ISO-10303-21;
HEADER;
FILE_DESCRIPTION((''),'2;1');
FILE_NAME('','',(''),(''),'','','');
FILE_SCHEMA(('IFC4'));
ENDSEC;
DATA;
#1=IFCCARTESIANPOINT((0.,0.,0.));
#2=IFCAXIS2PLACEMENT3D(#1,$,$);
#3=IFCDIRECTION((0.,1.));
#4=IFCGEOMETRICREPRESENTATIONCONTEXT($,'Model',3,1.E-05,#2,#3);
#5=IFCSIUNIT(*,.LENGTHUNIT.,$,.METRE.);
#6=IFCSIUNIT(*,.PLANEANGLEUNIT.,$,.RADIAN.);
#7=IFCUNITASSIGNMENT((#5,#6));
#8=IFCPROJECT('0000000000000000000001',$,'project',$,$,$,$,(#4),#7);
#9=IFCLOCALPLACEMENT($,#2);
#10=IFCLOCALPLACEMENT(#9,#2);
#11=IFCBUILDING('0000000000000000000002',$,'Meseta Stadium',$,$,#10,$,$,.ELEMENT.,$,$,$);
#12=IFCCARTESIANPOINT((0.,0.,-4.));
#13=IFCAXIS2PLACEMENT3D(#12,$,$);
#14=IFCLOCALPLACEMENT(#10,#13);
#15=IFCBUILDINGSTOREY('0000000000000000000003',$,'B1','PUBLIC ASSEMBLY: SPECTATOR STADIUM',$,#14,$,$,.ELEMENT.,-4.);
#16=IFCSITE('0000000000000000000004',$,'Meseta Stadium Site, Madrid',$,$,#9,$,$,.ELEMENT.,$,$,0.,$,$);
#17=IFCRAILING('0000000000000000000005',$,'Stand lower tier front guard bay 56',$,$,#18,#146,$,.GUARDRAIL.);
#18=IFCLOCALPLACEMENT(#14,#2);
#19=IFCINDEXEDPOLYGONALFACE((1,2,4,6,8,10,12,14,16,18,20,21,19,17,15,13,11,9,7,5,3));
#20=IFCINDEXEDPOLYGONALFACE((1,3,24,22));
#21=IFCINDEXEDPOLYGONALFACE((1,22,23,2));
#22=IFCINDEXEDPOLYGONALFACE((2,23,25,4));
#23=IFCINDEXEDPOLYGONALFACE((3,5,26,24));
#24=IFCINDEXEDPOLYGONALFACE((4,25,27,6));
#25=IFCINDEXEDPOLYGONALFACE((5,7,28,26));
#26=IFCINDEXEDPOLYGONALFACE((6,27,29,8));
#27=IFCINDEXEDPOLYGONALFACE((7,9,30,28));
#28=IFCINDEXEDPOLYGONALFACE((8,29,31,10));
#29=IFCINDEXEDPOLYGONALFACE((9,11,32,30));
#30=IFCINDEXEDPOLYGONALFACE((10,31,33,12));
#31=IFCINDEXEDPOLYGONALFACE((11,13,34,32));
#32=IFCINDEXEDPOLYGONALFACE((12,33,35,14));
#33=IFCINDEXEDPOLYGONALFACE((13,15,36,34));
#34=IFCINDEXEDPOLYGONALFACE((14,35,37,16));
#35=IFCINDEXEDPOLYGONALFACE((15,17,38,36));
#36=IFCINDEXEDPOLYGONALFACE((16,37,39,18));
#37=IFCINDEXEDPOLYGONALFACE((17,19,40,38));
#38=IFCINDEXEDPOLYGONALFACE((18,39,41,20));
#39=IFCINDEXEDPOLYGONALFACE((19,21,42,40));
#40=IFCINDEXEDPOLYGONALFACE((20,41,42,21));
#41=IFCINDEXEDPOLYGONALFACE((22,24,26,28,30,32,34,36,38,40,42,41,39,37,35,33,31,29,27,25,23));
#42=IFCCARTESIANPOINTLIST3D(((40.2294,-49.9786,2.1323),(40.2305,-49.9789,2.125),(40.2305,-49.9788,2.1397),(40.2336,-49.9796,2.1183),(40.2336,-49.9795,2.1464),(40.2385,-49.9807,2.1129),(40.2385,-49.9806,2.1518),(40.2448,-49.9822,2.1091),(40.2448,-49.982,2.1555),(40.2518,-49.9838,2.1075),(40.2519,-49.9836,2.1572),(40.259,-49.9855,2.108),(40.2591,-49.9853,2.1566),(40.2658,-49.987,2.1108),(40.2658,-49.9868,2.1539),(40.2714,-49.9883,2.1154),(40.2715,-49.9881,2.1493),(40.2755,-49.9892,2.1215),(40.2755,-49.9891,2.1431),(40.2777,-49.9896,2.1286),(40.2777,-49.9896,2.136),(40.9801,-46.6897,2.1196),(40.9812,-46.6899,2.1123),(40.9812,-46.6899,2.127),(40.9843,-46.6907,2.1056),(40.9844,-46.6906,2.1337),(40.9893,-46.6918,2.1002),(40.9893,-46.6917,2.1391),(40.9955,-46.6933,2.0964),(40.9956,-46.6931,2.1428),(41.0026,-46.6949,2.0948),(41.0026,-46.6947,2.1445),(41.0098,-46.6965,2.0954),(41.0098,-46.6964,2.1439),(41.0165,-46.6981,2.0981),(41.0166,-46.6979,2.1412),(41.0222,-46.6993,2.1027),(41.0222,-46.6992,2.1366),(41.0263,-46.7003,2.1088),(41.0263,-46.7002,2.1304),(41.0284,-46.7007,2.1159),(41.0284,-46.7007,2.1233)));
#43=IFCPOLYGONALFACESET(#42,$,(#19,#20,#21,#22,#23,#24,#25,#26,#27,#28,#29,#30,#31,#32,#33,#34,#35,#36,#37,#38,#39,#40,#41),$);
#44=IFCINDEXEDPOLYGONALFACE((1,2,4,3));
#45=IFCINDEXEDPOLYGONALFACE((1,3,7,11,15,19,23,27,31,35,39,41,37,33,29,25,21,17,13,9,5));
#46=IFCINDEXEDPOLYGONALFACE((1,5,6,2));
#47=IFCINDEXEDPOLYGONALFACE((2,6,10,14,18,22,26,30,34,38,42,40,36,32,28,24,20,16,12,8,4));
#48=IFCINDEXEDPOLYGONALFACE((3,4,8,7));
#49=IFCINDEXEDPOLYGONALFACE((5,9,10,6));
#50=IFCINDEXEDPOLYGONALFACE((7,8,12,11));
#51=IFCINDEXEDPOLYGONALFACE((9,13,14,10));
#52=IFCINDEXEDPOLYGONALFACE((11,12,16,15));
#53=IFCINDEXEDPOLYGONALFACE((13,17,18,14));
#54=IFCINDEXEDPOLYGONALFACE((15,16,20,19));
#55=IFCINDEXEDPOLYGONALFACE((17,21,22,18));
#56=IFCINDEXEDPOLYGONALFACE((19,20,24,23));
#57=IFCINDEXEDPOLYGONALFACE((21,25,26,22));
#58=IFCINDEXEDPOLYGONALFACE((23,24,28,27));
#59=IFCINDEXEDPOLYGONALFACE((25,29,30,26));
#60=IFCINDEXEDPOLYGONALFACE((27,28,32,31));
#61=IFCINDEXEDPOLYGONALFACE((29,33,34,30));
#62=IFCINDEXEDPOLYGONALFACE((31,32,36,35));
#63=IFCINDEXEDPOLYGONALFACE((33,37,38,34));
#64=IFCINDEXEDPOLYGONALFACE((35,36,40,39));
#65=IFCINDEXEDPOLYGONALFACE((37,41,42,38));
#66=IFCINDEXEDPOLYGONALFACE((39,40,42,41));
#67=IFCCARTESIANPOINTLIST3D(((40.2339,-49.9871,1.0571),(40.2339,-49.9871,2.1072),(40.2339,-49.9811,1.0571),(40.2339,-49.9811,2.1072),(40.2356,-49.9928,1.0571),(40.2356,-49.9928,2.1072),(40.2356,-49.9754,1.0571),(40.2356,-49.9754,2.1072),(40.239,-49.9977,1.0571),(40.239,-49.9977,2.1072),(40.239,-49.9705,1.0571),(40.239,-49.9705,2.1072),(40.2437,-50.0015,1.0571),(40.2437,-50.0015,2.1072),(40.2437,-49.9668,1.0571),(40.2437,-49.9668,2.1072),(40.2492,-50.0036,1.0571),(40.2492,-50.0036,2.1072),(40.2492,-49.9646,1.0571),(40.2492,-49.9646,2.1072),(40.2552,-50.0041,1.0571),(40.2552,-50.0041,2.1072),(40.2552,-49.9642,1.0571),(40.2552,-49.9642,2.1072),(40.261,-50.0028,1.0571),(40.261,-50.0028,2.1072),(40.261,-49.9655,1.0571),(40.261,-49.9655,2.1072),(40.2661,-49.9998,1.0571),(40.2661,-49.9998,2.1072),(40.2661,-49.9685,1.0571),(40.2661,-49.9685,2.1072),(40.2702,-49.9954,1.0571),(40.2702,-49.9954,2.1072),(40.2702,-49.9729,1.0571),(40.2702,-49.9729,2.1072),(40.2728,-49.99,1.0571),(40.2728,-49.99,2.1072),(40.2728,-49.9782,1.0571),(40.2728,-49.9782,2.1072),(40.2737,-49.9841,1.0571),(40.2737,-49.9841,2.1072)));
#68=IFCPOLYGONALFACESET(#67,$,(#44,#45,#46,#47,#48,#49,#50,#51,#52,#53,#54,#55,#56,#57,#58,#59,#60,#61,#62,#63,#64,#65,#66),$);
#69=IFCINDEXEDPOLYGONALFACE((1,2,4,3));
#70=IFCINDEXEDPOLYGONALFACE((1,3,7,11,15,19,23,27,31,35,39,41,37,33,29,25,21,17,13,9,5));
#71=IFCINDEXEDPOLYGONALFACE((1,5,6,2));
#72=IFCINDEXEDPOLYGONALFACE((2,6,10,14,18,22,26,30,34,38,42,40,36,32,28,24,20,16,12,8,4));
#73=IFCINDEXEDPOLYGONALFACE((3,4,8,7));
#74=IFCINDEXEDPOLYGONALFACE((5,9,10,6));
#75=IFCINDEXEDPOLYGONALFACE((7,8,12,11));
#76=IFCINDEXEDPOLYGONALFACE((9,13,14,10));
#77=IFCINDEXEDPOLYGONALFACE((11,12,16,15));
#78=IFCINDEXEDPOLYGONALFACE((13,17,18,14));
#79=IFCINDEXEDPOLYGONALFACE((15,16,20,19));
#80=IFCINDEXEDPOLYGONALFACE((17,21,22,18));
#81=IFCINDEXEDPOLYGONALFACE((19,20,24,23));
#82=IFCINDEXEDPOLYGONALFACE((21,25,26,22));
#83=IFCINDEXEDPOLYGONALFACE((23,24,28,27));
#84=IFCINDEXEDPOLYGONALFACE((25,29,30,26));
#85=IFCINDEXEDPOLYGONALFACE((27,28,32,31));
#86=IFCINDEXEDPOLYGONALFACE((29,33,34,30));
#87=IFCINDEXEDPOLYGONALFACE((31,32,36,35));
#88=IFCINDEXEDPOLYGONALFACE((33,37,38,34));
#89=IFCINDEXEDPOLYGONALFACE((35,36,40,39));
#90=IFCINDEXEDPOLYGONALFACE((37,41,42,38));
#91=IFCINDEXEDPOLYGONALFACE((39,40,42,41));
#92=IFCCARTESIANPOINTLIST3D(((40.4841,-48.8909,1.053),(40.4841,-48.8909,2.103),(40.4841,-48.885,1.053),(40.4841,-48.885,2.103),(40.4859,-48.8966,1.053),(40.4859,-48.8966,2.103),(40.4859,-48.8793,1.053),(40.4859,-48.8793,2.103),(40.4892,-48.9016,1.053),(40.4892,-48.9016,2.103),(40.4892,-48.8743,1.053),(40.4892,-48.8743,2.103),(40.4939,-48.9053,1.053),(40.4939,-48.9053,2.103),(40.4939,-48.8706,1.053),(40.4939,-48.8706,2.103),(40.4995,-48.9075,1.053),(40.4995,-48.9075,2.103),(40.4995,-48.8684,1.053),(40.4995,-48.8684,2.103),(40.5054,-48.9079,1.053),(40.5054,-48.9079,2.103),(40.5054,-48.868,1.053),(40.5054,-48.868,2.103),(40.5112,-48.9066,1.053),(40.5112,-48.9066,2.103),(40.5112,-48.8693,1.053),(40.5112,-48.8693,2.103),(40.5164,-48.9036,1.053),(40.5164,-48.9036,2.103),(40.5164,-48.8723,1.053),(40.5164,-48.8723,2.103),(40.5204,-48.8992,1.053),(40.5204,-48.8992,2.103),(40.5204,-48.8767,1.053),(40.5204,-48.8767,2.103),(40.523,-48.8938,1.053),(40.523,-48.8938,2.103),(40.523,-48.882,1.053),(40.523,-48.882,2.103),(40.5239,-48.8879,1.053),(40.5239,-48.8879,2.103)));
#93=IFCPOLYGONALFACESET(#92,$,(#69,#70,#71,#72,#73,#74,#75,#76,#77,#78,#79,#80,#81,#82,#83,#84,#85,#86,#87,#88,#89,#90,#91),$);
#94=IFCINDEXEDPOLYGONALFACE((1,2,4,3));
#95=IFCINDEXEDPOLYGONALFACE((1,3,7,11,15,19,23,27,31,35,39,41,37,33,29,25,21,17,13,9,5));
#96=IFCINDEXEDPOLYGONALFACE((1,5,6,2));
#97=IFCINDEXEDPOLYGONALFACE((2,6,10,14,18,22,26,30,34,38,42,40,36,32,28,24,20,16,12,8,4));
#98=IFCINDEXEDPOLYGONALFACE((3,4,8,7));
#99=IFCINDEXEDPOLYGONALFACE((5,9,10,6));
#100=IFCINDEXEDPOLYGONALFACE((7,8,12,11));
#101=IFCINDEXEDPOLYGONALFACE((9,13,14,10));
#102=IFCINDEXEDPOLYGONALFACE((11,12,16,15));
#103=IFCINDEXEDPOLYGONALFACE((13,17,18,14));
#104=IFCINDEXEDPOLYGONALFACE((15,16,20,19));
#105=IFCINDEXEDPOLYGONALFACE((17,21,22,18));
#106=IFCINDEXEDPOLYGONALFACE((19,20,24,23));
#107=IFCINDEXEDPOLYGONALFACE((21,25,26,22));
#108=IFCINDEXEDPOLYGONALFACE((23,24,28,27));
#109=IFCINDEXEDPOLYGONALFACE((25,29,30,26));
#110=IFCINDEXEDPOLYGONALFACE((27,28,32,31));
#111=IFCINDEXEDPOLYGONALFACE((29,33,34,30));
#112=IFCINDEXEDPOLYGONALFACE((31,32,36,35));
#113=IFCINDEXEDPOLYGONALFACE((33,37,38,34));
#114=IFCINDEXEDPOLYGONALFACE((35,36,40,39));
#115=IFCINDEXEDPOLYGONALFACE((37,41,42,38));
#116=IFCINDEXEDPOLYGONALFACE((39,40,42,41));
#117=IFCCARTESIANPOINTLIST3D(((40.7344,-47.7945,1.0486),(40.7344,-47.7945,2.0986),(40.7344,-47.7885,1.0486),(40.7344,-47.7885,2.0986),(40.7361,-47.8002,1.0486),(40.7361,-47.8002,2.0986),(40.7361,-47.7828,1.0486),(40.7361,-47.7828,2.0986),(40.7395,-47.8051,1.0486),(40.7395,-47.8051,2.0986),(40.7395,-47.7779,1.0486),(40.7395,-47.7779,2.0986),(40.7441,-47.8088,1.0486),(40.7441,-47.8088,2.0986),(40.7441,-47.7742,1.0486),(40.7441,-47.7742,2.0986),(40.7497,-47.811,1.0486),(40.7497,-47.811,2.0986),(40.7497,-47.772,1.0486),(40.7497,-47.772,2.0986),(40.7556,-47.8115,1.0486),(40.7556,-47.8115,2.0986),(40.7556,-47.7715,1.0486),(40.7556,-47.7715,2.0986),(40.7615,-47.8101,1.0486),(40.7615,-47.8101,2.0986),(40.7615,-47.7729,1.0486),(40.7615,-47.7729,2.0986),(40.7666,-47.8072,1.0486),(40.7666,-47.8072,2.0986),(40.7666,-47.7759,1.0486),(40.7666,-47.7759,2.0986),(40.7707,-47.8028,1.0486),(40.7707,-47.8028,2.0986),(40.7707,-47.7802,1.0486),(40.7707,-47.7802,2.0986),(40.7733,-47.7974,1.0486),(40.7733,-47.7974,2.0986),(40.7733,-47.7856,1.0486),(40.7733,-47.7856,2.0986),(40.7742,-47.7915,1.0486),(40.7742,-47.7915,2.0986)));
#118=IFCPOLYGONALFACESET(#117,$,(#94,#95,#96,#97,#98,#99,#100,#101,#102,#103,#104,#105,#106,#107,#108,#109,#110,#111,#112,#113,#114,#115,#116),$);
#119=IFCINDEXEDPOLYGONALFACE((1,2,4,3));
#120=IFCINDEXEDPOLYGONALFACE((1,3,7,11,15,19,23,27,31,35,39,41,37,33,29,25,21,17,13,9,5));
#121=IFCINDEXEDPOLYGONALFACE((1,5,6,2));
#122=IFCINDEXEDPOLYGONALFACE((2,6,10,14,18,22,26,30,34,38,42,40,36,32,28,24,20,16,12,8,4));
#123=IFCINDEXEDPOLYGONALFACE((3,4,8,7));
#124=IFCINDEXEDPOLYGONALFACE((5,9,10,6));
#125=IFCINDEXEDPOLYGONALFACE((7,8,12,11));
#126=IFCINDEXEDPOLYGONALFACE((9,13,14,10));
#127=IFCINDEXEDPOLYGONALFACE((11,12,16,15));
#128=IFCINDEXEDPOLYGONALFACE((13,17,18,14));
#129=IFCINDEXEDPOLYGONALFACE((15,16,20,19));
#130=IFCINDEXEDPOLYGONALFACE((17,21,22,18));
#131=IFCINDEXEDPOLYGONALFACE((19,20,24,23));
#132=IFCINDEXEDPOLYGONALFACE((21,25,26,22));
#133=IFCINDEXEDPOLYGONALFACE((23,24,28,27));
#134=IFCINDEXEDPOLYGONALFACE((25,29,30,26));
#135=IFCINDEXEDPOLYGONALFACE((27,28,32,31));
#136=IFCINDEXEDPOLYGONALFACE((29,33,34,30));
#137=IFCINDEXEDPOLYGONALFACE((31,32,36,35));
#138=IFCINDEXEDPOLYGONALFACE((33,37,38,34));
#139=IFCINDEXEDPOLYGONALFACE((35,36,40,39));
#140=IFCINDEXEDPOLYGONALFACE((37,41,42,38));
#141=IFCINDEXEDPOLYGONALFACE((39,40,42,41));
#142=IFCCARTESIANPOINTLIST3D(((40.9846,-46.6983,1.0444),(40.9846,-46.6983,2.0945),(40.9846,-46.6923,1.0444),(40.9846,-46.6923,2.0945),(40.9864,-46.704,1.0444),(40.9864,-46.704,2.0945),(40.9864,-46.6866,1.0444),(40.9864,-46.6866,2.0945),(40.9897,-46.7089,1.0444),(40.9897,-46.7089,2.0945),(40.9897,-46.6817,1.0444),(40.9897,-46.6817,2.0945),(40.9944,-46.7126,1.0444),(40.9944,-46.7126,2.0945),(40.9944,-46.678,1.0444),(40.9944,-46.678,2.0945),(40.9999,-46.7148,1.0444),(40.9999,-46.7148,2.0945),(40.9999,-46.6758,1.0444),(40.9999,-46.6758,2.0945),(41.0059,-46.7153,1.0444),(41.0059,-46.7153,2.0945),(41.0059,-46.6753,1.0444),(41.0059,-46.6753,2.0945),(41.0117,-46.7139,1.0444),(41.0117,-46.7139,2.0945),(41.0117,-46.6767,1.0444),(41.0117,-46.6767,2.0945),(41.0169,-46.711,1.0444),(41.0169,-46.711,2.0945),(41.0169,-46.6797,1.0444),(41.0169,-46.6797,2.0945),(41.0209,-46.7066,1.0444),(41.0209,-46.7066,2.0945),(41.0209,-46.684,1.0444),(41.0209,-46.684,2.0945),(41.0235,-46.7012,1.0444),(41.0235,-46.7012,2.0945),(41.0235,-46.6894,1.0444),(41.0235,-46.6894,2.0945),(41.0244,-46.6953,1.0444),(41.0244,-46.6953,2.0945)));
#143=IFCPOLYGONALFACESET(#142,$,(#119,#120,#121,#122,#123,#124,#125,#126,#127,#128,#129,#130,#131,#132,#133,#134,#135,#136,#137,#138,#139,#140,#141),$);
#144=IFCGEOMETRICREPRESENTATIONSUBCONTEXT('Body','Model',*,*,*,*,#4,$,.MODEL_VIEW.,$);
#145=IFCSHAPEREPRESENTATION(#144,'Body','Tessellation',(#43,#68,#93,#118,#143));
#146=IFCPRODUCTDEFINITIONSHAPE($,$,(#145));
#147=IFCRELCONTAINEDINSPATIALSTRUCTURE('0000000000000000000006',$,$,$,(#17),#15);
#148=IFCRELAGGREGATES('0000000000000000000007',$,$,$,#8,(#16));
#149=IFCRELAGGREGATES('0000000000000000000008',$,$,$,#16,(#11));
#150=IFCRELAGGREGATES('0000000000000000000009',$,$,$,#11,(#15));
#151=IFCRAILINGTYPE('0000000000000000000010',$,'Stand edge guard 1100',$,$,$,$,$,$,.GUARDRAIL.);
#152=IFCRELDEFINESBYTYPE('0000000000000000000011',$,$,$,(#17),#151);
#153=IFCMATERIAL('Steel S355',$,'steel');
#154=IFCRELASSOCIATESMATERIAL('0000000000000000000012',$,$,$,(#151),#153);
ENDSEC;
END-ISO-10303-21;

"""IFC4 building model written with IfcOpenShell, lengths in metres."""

from ifc_helpers import new_model, si_unit, direction, frame, origin, origin_2d, place, context, subcontext, project, spatial, circle, extrude, material, type_object, element, save


model = new_model("IFC4")

# Units and contexts
model_context = context("Model", 3, precision=1e-05, world=origin(), true_north=direction((0.0, 1.0)))
body_context = subcontext(model_context, "Body", "Model", "MODEL_VIEW")
ifc_project = project(units=[si_unit("LENGTHUNIT", "METRE"), si_unit("PLANEANGLEUNIT", "RADIAN")], contexts=[model_context])

# Site, building, storey
site_placement = place(None, origin())
site = spatial("IfcSite", under=ifc_project, at=site_placement, Name="Meseta Stadium Site, Madrid", CompositionType="ELEMENT", RefElevation=0.0)
building_placement = place(site_placement, origin())
building = spatial("IfcBuilding", under=site, at=building_placement, Name="Meseta Stadium", CompositionType="ELEMENT")
storey_placement = place(building_placement, frame((0.0, 0.0, -4.0)))
storey = spatial("IfcBuildingStorey", under=building, at=storey_placement, Name="B1", Description="PUBLIC ASSEMBLY: SPECTATOR STADIUM", CompositionType="ELEMENT", Elevation=-4.0)

# Railing
ifc_material_1 = material(Name="Steel S355", Category="steel")
railing_type = type_object("IfcRailingType", Name="Stand edge guard 1100", PredefinedType="GUARDRAIL", material=ifc_material_1)
railing_1_placement = place(storey_placement, frame((40.2537, -49.9841, 1.0571)))
element("IfcRailing", 1, at=railing_1_placement, inside=storey, type_object=railing_type, Name="Stand lower tier front guard bay 56", PredefinedType="GUARDRAIL", context=body_context, shape_type="SweptSolid", body=[
    extrude(circle(Radius=0.0249, at=origin_2d()), frame((0.0, 0.0, 1.0752), z_axis=(0.222542, 0.974916, -0.003763), x_axis=(-0.974923, 0.222544, 0.0)), (0.0, 0.0, 1.0), 3.3735),
    extrude(circle(Radius=0.02, at=origin_2d()), origin(), (0.0, 0.0, 1.0), 1.05),
    extrude(circle(Radius=0.02, at=origin_2d()), frame((0.2502, 1.0962, -0.0042)), (0.0, 0.0, 1.0), 1.05),
    extrude(circle(Radius=0.02, at=origin_2d()), frame((0.5005, 2.1926, -0.0085)), (0.0, 0.0, 1.0), 1.05),
    extrude(circle(Radius=0.02, at=origin_2d()), frame((0.7507, 3.2888, -0.0127)), (0.0, 0.0, 1.0), 1.05),
])

save(model, "model.ifc")
